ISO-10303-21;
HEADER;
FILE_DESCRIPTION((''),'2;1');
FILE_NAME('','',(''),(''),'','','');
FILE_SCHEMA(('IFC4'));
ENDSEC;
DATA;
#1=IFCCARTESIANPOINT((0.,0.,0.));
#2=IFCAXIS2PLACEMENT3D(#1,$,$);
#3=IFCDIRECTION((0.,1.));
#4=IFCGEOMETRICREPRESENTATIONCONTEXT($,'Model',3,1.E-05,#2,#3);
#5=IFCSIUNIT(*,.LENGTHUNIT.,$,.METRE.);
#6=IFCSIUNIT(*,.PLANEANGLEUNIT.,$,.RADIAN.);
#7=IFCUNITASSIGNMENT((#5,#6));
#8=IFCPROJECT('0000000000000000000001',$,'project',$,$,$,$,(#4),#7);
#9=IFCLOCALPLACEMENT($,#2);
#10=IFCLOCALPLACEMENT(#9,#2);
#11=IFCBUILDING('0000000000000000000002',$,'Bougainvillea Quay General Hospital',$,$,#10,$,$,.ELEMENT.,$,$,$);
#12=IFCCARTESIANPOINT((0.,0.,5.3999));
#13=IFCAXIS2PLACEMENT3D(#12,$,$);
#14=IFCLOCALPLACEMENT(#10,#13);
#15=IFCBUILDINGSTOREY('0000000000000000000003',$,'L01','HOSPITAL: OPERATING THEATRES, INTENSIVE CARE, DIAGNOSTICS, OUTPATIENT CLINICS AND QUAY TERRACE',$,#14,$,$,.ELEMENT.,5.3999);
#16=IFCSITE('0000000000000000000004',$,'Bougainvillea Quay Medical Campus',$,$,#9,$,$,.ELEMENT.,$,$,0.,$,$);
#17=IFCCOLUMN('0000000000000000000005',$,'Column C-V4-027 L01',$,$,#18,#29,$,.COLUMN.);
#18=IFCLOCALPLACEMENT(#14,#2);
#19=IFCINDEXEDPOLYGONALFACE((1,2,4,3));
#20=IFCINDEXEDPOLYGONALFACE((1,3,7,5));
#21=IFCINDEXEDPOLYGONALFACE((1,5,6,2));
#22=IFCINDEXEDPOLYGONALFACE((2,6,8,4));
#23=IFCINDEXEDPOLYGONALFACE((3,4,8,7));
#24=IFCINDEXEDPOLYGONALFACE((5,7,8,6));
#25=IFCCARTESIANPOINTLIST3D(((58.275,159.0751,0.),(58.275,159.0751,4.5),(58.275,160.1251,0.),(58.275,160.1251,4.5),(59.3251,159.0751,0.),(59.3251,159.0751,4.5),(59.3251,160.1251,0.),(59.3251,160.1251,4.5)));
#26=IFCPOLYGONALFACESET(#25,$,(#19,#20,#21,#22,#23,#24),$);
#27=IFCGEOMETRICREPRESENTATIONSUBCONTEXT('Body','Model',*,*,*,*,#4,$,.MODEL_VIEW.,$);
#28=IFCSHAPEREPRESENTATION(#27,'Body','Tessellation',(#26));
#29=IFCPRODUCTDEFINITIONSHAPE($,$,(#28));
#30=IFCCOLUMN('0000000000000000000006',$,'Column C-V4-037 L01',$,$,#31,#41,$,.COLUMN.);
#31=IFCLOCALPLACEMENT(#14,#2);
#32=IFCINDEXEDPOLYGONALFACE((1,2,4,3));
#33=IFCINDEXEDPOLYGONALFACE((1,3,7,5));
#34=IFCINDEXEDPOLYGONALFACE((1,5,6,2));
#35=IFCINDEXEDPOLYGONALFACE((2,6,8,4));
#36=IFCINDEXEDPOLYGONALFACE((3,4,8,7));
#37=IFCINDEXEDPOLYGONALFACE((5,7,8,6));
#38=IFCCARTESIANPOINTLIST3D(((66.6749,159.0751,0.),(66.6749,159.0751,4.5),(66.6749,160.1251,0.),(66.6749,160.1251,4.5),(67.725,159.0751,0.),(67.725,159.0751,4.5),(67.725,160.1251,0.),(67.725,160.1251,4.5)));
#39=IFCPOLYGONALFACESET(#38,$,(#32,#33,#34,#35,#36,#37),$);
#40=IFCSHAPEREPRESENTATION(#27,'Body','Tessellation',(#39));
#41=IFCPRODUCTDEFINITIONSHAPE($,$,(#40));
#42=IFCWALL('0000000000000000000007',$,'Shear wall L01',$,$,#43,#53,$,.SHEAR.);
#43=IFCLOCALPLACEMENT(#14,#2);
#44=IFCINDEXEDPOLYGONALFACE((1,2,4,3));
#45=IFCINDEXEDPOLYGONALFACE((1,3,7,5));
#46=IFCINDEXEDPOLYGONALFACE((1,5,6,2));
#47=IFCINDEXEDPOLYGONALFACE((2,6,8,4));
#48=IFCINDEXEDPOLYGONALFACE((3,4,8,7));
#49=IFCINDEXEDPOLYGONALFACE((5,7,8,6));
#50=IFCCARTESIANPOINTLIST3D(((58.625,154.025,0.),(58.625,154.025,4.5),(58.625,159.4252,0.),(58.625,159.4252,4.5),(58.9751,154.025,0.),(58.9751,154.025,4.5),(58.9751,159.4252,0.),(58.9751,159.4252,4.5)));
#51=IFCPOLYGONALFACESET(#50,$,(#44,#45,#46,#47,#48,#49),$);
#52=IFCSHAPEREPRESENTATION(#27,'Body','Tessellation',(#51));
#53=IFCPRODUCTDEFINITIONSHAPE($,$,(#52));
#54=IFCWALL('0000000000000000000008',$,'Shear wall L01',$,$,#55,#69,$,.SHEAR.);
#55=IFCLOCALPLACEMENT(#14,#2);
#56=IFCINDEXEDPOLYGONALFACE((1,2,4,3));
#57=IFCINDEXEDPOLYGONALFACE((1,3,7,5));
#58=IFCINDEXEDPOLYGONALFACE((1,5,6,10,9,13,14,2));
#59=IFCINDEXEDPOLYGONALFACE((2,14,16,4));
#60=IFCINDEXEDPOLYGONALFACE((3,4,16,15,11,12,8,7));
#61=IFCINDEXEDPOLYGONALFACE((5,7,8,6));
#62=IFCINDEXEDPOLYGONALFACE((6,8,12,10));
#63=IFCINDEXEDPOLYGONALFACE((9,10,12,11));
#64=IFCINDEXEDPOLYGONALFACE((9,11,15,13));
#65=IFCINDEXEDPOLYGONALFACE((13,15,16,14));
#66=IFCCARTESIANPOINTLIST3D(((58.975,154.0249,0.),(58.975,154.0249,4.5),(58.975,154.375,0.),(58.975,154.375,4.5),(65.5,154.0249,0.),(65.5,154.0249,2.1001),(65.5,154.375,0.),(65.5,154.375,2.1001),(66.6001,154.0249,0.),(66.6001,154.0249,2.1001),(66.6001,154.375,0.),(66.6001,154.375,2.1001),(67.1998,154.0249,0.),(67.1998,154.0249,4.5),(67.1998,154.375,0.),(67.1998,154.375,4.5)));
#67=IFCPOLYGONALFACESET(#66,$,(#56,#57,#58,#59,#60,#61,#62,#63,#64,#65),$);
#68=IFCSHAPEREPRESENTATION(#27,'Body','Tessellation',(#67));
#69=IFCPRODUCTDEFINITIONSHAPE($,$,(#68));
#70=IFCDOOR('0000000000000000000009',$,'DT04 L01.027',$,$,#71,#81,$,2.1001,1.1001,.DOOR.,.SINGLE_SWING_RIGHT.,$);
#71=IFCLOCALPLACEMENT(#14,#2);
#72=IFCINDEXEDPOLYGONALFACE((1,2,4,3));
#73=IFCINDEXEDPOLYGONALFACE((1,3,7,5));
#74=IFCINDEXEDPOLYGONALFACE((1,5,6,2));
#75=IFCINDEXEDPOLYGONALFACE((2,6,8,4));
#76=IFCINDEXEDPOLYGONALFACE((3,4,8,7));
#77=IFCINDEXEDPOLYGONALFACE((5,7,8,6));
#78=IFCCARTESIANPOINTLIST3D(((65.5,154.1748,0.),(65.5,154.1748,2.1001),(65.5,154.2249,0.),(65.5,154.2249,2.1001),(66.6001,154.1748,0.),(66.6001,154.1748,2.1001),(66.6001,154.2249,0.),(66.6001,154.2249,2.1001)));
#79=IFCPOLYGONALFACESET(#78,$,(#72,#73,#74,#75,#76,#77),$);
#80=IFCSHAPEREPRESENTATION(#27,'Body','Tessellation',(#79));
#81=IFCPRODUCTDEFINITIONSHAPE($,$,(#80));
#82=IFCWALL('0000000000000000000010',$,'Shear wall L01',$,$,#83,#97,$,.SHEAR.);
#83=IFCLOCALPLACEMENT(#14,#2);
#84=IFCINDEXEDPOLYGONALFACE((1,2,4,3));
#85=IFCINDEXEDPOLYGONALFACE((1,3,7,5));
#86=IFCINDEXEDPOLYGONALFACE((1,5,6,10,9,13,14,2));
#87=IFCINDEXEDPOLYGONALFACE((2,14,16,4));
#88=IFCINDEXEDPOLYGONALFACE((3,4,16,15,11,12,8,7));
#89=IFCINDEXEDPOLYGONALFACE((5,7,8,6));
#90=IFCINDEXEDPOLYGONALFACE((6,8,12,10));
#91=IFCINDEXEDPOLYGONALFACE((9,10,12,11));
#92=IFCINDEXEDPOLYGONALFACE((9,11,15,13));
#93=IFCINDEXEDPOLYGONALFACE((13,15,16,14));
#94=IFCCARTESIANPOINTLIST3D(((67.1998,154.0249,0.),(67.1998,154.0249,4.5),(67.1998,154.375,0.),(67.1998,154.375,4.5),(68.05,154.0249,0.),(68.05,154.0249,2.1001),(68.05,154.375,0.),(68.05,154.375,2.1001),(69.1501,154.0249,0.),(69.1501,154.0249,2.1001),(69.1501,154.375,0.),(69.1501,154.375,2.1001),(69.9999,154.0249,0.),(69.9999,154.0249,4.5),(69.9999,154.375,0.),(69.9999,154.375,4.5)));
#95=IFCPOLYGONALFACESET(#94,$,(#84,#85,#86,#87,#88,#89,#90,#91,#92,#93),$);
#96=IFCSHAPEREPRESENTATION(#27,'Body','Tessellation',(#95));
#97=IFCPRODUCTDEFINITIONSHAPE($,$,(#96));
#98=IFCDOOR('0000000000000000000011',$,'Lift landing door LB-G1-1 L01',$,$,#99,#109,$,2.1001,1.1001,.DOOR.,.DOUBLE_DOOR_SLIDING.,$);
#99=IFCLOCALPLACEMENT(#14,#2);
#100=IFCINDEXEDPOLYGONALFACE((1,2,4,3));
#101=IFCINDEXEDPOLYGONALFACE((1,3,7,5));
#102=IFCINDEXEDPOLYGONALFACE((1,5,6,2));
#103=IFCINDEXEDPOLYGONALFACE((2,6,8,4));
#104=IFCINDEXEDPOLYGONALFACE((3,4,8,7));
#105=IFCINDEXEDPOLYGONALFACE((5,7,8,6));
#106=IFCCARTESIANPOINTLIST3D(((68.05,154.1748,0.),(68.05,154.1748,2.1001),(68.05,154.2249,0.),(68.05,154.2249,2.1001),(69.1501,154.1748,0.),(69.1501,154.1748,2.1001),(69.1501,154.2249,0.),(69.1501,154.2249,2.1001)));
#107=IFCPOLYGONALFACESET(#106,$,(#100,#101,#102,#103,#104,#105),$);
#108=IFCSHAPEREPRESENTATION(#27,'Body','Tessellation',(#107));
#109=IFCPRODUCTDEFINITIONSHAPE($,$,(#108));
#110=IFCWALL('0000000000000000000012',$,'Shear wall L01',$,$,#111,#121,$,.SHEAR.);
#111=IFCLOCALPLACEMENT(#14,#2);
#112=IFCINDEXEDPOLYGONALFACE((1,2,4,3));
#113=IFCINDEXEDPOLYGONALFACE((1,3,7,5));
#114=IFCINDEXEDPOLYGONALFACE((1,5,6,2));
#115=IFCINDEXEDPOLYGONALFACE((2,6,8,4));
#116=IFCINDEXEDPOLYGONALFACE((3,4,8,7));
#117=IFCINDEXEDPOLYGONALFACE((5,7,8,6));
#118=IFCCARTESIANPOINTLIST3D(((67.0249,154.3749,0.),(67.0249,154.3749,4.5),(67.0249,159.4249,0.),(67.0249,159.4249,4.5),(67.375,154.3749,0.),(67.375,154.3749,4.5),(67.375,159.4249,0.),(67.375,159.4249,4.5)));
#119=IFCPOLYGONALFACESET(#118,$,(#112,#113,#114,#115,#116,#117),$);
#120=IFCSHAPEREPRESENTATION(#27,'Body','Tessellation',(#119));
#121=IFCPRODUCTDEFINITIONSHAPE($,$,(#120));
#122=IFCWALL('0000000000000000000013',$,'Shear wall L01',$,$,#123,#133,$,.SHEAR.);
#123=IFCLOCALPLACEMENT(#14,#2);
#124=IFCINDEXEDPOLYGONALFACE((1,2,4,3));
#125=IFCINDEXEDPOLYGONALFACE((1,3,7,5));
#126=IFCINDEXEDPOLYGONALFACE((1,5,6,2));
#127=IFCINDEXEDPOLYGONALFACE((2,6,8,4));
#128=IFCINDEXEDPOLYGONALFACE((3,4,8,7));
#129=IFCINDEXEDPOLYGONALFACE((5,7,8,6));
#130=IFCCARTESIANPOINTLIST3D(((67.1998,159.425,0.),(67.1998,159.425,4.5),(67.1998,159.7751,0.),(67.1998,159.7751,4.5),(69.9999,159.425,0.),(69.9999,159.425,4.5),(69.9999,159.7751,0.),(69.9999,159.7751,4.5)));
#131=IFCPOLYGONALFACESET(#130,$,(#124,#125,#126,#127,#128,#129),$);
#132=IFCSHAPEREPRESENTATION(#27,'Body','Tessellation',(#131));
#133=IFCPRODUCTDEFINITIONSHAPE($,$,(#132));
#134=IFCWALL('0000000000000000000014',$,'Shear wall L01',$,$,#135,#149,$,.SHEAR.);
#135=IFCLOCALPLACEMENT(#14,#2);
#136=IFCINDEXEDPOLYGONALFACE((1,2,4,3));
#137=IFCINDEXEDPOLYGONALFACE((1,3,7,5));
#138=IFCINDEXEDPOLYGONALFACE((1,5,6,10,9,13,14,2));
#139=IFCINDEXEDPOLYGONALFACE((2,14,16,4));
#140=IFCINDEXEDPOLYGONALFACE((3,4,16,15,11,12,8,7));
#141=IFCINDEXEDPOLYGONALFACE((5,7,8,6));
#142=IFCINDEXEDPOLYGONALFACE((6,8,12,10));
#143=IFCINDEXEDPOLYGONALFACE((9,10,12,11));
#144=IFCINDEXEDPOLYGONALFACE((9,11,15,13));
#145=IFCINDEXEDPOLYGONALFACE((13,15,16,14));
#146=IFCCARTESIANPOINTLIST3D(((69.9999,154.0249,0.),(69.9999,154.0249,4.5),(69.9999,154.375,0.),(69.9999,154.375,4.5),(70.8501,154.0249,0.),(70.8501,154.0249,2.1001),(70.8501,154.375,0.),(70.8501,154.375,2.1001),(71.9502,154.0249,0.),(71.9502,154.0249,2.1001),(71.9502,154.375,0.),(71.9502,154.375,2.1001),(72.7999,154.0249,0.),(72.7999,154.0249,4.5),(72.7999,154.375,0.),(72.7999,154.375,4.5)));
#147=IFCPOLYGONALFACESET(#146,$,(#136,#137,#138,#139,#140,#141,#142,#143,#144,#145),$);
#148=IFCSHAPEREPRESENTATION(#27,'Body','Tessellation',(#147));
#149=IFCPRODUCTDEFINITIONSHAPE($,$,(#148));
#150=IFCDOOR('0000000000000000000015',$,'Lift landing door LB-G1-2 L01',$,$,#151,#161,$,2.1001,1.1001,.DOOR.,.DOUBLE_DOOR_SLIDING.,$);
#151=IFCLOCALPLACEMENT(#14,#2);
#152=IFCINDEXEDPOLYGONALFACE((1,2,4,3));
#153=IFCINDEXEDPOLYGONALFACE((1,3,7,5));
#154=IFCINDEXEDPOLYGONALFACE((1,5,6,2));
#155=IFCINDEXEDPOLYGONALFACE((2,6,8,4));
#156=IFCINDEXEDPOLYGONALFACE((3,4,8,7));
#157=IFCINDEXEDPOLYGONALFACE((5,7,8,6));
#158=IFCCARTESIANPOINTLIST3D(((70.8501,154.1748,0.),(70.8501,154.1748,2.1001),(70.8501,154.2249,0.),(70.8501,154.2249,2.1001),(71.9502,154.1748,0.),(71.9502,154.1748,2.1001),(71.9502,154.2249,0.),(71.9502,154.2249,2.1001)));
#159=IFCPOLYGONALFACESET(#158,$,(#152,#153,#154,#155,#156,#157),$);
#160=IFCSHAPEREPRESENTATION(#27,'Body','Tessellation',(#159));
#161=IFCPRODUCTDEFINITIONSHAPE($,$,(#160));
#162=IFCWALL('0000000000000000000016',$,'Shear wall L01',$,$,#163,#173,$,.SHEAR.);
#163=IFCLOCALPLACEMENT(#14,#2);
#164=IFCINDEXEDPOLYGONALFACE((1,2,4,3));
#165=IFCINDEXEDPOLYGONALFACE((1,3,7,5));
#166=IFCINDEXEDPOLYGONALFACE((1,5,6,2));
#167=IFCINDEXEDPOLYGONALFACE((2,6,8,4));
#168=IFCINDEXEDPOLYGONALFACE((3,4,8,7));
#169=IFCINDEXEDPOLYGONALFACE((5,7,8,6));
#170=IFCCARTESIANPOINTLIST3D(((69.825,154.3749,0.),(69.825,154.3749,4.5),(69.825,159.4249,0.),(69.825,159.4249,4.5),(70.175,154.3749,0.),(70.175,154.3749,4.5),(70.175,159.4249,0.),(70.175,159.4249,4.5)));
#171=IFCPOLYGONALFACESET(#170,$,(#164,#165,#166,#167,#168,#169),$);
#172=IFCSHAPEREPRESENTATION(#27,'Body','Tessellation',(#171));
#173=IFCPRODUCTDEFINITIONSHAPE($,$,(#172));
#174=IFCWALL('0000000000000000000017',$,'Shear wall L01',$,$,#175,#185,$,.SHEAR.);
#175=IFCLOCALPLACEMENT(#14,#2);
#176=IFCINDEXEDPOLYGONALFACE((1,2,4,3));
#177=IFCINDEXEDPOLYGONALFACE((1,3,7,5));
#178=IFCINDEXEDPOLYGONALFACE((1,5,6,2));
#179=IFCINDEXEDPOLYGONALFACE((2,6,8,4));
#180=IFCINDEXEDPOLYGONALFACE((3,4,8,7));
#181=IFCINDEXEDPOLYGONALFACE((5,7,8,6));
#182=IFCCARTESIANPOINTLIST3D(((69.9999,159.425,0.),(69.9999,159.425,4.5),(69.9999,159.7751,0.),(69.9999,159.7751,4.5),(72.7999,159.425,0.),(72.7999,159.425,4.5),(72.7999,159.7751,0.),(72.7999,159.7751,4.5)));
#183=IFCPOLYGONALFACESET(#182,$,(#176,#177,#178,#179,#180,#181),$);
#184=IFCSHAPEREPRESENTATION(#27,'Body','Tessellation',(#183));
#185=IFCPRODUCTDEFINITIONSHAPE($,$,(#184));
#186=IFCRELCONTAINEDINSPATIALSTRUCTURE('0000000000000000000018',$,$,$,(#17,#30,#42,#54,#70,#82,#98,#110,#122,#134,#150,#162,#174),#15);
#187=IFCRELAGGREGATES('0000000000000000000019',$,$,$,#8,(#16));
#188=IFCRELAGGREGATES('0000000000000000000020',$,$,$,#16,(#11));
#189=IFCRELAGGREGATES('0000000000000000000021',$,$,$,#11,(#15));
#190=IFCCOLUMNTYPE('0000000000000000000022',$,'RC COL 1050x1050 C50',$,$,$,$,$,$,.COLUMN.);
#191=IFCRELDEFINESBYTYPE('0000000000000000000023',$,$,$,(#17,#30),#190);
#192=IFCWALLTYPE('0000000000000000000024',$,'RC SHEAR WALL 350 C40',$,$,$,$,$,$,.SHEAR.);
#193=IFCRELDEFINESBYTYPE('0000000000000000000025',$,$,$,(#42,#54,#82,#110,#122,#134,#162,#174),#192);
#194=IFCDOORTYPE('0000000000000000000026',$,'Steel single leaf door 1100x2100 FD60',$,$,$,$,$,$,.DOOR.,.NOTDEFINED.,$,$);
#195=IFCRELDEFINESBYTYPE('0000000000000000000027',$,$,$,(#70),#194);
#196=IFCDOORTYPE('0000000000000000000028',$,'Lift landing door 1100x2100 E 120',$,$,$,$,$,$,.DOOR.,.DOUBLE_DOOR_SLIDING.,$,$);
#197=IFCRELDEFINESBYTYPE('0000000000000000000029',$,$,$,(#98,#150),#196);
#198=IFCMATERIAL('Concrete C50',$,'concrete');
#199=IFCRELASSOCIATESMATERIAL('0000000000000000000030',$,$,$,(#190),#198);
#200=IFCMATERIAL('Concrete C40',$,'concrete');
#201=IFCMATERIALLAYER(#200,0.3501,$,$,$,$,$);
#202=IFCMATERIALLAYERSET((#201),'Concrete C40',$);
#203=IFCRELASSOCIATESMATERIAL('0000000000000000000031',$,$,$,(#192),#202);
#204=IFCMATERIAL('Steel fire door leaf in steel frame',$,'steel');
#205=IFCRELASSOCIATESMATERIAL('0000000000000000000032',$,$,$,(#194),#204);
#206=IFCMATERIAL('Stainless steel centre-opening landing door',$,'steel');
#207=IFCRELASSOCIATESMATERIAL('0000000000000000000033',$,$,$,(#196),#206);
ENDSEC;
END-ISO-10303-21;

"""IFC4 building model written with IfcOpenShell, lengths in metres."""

from ifc_helpers import new_model, si_unit, direction, frame, frame_2d, origin, origin_2d, place, context, subcontext, project, spatial, rectangle, extrude, material, layer, layer_set, material_profile, profile_set, type_object, element, fill, save


model = new_model("IFC4")

# Units and contexts
model_context = context("Model", 3, precision=1e-05, world=origin(), true_north=direction((0.0, 1.0)))
body_context = subcontext(model_context, "Body", "Model", "MODEL_VIEW")
ifc_project = project(units=[si_unit("LENGTHUNIT", "METRE"), si_unit("PLANEANGLEUNIT", "RADIAN")], contexts=[model_context])

# Site, building, storey
site_placement = place(None, origin())
site = spatial("IfcSite", under=ifc_project, at=site_placement, Name="Bougainvillea Quay Medical Campus", CompositionType="ELEMENT", RefElevation=0.0)
building_placement = place(site_placement, origin())
building = spatial("IfcBuilding", under=site, at=building_placement, Name="Bougainvillea Quay General Hospital", CompositionType="ELEMENT")
storey_placement = place(building_placement, frame((0.0, 0.0, 5.3999)))
storey = spatial("IfcBuildingStorey", under=building, at=storey_placement, Name="L01", Description="HOSPITAL: OPERATING THEATRES, INTENSIVE CARE, DIAGNOSTICS, OUTPATIENT CLINICS AND QUAY TERRACE", CompositionType="ELEMENT", Elevation=5.3999)

# Columns
ifc_material_1 = material(Name="Concrete C50", Category="concrete")
ifc_material_profile = material_profile(ifc_material_1, rectangle(XDim=1.05, YDim=1.05, at=origin_2d()))
ifc_profile_set = profile_set([ifc_material_profile], Name="Concrete C50")
column_type = type_object("IfcColumnType", Name="RC COL 1050x1050 C50", PredefinedType="COLUMN", material=ifc_profile_set)
for number, where, z_axis, x_axis, name in (
    (1, (58.8, 159.6001, 0.0), (0.0, 0.0, 1.0), (1.0, 0.0, 0.0), "Column C-V4-027 L01"),
    (2, (67.2, 159.6001, 0.0), (0.0, 0.0, 1.0), (1.0, 0.0, 0.0), "Column C-V4-037 L01"),
):
    element("IfcColumn", number, at=place(storey_placement, frame(where, z_axis=z_axis, x_axis=x_axis)), inside=storey, type_object=column_type, Name=name, PredefinedType="COLUMN", context=body_context, shape_type="SweptSolid", body=[
        extrude(rectangle(XDim=1.05, YDim=1.05, at=origin_2d()), origin(), (0.0, 0.0, 1.0), 4.5),
    ])

# Wall
ifc_material_2 = material(Name="Concrete C40", Category="concrete")
ifc_layer = layer(ifc_material_2, 0.3501)
ifc_layer_set = layer_set([ifc_layer], Name="Concrete C40")
wall_type = type_object("IfcWallType", Name="RC SHEAR WALL 350 C40", PredefinedType="SHEAR", material=ifc_layer_set)
wall_1_placement = place(storey_placement, frame((58.8, 154.0249, 0.0), z_axis=(0.0, 0.0, 1.0), x_axis=(0.0, 1.0, 0.0)))
element("IfcWall", 3, at=wall_1_placement, inside=storey, type_object=wall_type, Name="Shear wall L01", PredefinedType="SHEAR", context=body_context, shape_type="SweptSolid", body=[
    extrude(rectangle(XDim=5.4001, YDim=0.3501, at=frame_2d((2.7002, 0.0))), origin(), (0.0, 0.0, 1.0), 4.5),
])

# Walls, openings, doors
wall_2_placement = place(storey_placement, frame((58.9751, 154.2, 0.0), z_axis=(0.0, 0.0, 1.0), x_axis=(1.0, 0.0, 0.0)))
wall_2 = element("IfcWall", 4, at=wall_2_placement, inside=storey, type_object=wall_type, Name="Shear wall L01", PredefinedType="SHEAR", context=body_context, shape_type="SweptSolid", body=[
    extrude(rectangle(XDim=8.2249, YDim=0.3501, at=frame_2d((4.1123, 0.0))), origin(), (0.0, 0.0, 1.0), 4.5),
])
opening_1_placement = place(wall_2_placement, frame((6.5249, 0.0, 0.0)))
opening_1 = element("IfcOpeningElement", 5, at=opening_1_placement, cuts=wall_2, PredefinedType="OPENING", context=body_context, shape_type="SweptSolid", body=[
    extrude(rectangle(XDim=1.1001, YDim=2.1001, at=frame_2d((0.55, 1.05))), frame((0.0, 0.1851, 0.0), z_axis=(0.0, -1.0, 0.0), x_axis=(1.0, 0.0, 0.0)), (0.0, 0.0, 1.0), 0.3701),
])
ifc_material_3 = material(Name="Steel fire door leaf in steel frame", Category="steel")
door_type_1 = type_object("IfcDoorType", Name="Steel single leaf door 1100x2100 FD60", OperationType="NOTDEFINED", PredefinedType="DOOR", material=ifc_material_3)
door_1_placement = place(opening_1_placement, origin())
door_1 = element("IfcDoor", 6, at=door_1_placement, inside=storey, type_object=door_type_1, Name="DT04 L01.027", OperationType="SINGLE_SWING_RIGHT", OverallHeight=2.1001, OverallWidth=1.1001, PredefinedType="DOOR", context=body_context, shape_type="SweptSolid", body=[
    extrude(rectangle(XDim=1.1001, YDim=2.1001, at=frame_2d((0.55, 1.05))), frame((0.0, 0.0249, 0.0), z_axis=(0.0, -1.0, 0.0), x_axis=(1.0, 0.0, 0.0)), (0.0, 0.0, 1.0), 0.05),
])
fill(opening_1, door_1)
wall_3_placement = place(storey_placement, frame((67.2, 154.2, 0.0), z_axis=(0.0, 0.0, 1.0), x_axis=(1.0, 0.0, 0.0)))
wall_3 = element("IfcWall", 7, at=wall_3_placement, inside=storey, type_object=wall_type, Name="Shear wall L01", PredefinedType="SHEAR", context=body_context, shape_type="SweptSolid", body=[
    extrude(rectangle(XDim=2.8, YDim=0.3501, at=frame_2d((1.3999, 0.0))), origin(), (0.0, 0.0, 1.0), 4.5),
])
opening_2_placement = place(wall_3_placement, frame((0.8501, 0.0, 0.0)))
opening_2 = element("IfcOpeningElement", 8, at=opening_2_placement, cuts=wall_3, PredefinedType="OPENING", context=body_context, shape_type="SweptSolid", body=[
    extrude(rectangle(XDim=1.1001, YDim=2.1001, at=frame_2d((0.55, 1.05))), frame((0.0, 0.1851, 0.0), z_axis=(0.0, -1.0, 0.0), x_axis=(1.0, 0.0, 0.0)), (0.0, 0.0, 1.0), 0.3701),
])
ifc_material_4 = material(Name="Stainless steel centre-opening landing door", Category="steel")
door_type_2 = type_object("IfcDoorType", Name="Lift landing door 1100x2100 E 120", OperationType="DOUBLE_DOOR_SLIDING", PredefinedType="DOOR", material=ifc_material_4)
door_2_placement = place(opening_2_placement, origin())
door_2 = element("IfcDoor", 9, at=door_2_placement, inside=storey, type_object=door_type_2, Name="Lift landing door LB-G1-1 L01", OperationType="DOUBLE_DOOR_SLIDING", OverallHeight=2.1001, OverallWidth=1.1001, PredefinedType="DOOR", context=body_context, shape_type="SweptSolid", body=[
    extrude(rectangle(XDim=1.1001, YDim=2.1001, at=frame_2d((0.55, 1.05))), frame((0.0, 0.0249, 0.0), z_axis=(0.0, -1.0, 0.0), x_axis=(1.0, 0.0, 0.0)), (0.0, 0.0, 1.0), 0.05),
])
fill(opening_2, door_2)

# Walls
wall_4_placement = place(storey_placement, frame((67.2, 154.375, 0.0), z_axis=(0.0, 0.0, 1.0), x_axis=(0.0, 1.0, 0.0)))
element("IfcWall", 10, at=wall_4_placement, inside=storey, type_object=wall_type, Name="Shear wall L01", PredefinedType="SHEAR", context=body_context, shape_type="SweptSolid", body=[
    extrude(rectangle(XDim=5.05, YDim=0.3501, at=frame_2d((2.5249, 0.0))), origin(), (0.0, 0.0, 1.0), 4.5),
])
wall_5_placement = place(storey_placement, frame((67.2, 159.6001, 0.0), z_axis=(0.0, 0.0, 1.0), x_axis=(1.0, 0.0, 0.0)))
element("IfcWall", 11, at=wall_5_placement, inside=storey, type_object=wall_type, Name="Shear wall L01", PredefinedType="SHEAR", context=body_context, shape_type="SweptSolid", body=[
    extrude(rectangle(XDim=2.8, YDim=0.3501, at=frame_2d((1.3999, 0.0))), origin(), (0.0, 0.0, 1.0), 4.5),
])

# Wall, opening, door
wall_6_placement = place(storey_placement, frame((70.0, 154.2, 0.0), z_axis=(0.0, 0.0, 1.0), x_axis=(1.0, 0.0, 0.0)))
wall_6 = element("IfcWall", 12, at=wall_6_placement, inside=storey, type_object=wall_type, Name="Shear wall L01", PredefinedType="SHEAR", context=body_context, shape_type="SweptSolid", body=[
    extrude(rectangle(XDim=2.8, YDim=0.3501, at=frame_2d((1.3999, 0.0))), origin(), (0.0, 0.0, 1.0), 4.5),
])
opening_3_placement = place(wall_6_placement, frame((0.8501, 0.0, 0.0)))
opening_3 = element("IfcOpeningElement", 13, at=opening_3_placement, cuts=wall_6, PredefinedType="OPENING", context=body_context, shape_type="SweptSolid", body=[
    extrude(rectangle(XDim=1.1001, YDim=2.1001, at=frame_2d((0.55, 1.05))), frame((0.0, 0.1851, 0.0), z_axis=(0.0, -1.0, 0.0), x_axis=(1.0, 0.0, 0.0)), (0.0, 0.0, 1.0), 0.3701),
])
door_3_placement = place(opening_3_placement, origin())
door_3 = element("IfcDoor", 14, at=door_3_placement, inside=storey, type_object=door_type_2, Name="Lift landing door LB-G1-2 L01", OperationType="DOUBLE_DOOR_SLIDING", OverallHeight=2.1001, OverallWidth=1.1001, PredefinedType="DOOR", context=body_context, shape_type="SweptSolid", body=[
    extrude(rectangle(XDim=1.1001, YDim=2.1001, at=frame_2d((0.55, 1.05))), frame((0.0, 0.0249, 0.0), z_axis=(0.0, -1.0, 0.0), x_axis=(1.0, 0.0, 0.0)), (0.0, 0.0, 1.0), 0.05),
])
fill(opening_3, door_3)

# Walls
wall_7_placement = place(storey_placement, frame((70.0, 154.375, 0.0), z_axis=(0.0, 0.0, 1.0), x_axis=(0.0, 1.0, 0.0)))
element("IfcWall", 15, at=wall_7_placement, inside=storey, type_object=wall_type, Name="Shear wall L01", PredefinedType="SHEAR", context=body_context, shape_type="SweptSolid", body=[
    extrude(rectangle(XDim=5.05, YDim=0.3501, at=frame_2d((2.5249, 0.0))), origin(), (0.0, 0.0, 1.0), 4.5),
])
wall_8_placement = place(storey_placement, frame((70.0, 159.6001, 0.0), z_axis=(0.0, 0.0, 1.0), x_axis=(1.0, 0.0, 0.0)))
element("IfcWall", 16, at=wall_8_placement, inside=storey, type_object=wall_type, Name="Shear wall L01", PredefinedType="SHEAR", context=body_context, shape_type="SweptSolid", body=[
    extrude(rectangle(XDim=2.8, YDim=0.3501, at=frame_2d((1.3999, 0.0))), origin(), (0.0, 0.0, 1.0), 4.5),
])

save(model, "model.ifc")
